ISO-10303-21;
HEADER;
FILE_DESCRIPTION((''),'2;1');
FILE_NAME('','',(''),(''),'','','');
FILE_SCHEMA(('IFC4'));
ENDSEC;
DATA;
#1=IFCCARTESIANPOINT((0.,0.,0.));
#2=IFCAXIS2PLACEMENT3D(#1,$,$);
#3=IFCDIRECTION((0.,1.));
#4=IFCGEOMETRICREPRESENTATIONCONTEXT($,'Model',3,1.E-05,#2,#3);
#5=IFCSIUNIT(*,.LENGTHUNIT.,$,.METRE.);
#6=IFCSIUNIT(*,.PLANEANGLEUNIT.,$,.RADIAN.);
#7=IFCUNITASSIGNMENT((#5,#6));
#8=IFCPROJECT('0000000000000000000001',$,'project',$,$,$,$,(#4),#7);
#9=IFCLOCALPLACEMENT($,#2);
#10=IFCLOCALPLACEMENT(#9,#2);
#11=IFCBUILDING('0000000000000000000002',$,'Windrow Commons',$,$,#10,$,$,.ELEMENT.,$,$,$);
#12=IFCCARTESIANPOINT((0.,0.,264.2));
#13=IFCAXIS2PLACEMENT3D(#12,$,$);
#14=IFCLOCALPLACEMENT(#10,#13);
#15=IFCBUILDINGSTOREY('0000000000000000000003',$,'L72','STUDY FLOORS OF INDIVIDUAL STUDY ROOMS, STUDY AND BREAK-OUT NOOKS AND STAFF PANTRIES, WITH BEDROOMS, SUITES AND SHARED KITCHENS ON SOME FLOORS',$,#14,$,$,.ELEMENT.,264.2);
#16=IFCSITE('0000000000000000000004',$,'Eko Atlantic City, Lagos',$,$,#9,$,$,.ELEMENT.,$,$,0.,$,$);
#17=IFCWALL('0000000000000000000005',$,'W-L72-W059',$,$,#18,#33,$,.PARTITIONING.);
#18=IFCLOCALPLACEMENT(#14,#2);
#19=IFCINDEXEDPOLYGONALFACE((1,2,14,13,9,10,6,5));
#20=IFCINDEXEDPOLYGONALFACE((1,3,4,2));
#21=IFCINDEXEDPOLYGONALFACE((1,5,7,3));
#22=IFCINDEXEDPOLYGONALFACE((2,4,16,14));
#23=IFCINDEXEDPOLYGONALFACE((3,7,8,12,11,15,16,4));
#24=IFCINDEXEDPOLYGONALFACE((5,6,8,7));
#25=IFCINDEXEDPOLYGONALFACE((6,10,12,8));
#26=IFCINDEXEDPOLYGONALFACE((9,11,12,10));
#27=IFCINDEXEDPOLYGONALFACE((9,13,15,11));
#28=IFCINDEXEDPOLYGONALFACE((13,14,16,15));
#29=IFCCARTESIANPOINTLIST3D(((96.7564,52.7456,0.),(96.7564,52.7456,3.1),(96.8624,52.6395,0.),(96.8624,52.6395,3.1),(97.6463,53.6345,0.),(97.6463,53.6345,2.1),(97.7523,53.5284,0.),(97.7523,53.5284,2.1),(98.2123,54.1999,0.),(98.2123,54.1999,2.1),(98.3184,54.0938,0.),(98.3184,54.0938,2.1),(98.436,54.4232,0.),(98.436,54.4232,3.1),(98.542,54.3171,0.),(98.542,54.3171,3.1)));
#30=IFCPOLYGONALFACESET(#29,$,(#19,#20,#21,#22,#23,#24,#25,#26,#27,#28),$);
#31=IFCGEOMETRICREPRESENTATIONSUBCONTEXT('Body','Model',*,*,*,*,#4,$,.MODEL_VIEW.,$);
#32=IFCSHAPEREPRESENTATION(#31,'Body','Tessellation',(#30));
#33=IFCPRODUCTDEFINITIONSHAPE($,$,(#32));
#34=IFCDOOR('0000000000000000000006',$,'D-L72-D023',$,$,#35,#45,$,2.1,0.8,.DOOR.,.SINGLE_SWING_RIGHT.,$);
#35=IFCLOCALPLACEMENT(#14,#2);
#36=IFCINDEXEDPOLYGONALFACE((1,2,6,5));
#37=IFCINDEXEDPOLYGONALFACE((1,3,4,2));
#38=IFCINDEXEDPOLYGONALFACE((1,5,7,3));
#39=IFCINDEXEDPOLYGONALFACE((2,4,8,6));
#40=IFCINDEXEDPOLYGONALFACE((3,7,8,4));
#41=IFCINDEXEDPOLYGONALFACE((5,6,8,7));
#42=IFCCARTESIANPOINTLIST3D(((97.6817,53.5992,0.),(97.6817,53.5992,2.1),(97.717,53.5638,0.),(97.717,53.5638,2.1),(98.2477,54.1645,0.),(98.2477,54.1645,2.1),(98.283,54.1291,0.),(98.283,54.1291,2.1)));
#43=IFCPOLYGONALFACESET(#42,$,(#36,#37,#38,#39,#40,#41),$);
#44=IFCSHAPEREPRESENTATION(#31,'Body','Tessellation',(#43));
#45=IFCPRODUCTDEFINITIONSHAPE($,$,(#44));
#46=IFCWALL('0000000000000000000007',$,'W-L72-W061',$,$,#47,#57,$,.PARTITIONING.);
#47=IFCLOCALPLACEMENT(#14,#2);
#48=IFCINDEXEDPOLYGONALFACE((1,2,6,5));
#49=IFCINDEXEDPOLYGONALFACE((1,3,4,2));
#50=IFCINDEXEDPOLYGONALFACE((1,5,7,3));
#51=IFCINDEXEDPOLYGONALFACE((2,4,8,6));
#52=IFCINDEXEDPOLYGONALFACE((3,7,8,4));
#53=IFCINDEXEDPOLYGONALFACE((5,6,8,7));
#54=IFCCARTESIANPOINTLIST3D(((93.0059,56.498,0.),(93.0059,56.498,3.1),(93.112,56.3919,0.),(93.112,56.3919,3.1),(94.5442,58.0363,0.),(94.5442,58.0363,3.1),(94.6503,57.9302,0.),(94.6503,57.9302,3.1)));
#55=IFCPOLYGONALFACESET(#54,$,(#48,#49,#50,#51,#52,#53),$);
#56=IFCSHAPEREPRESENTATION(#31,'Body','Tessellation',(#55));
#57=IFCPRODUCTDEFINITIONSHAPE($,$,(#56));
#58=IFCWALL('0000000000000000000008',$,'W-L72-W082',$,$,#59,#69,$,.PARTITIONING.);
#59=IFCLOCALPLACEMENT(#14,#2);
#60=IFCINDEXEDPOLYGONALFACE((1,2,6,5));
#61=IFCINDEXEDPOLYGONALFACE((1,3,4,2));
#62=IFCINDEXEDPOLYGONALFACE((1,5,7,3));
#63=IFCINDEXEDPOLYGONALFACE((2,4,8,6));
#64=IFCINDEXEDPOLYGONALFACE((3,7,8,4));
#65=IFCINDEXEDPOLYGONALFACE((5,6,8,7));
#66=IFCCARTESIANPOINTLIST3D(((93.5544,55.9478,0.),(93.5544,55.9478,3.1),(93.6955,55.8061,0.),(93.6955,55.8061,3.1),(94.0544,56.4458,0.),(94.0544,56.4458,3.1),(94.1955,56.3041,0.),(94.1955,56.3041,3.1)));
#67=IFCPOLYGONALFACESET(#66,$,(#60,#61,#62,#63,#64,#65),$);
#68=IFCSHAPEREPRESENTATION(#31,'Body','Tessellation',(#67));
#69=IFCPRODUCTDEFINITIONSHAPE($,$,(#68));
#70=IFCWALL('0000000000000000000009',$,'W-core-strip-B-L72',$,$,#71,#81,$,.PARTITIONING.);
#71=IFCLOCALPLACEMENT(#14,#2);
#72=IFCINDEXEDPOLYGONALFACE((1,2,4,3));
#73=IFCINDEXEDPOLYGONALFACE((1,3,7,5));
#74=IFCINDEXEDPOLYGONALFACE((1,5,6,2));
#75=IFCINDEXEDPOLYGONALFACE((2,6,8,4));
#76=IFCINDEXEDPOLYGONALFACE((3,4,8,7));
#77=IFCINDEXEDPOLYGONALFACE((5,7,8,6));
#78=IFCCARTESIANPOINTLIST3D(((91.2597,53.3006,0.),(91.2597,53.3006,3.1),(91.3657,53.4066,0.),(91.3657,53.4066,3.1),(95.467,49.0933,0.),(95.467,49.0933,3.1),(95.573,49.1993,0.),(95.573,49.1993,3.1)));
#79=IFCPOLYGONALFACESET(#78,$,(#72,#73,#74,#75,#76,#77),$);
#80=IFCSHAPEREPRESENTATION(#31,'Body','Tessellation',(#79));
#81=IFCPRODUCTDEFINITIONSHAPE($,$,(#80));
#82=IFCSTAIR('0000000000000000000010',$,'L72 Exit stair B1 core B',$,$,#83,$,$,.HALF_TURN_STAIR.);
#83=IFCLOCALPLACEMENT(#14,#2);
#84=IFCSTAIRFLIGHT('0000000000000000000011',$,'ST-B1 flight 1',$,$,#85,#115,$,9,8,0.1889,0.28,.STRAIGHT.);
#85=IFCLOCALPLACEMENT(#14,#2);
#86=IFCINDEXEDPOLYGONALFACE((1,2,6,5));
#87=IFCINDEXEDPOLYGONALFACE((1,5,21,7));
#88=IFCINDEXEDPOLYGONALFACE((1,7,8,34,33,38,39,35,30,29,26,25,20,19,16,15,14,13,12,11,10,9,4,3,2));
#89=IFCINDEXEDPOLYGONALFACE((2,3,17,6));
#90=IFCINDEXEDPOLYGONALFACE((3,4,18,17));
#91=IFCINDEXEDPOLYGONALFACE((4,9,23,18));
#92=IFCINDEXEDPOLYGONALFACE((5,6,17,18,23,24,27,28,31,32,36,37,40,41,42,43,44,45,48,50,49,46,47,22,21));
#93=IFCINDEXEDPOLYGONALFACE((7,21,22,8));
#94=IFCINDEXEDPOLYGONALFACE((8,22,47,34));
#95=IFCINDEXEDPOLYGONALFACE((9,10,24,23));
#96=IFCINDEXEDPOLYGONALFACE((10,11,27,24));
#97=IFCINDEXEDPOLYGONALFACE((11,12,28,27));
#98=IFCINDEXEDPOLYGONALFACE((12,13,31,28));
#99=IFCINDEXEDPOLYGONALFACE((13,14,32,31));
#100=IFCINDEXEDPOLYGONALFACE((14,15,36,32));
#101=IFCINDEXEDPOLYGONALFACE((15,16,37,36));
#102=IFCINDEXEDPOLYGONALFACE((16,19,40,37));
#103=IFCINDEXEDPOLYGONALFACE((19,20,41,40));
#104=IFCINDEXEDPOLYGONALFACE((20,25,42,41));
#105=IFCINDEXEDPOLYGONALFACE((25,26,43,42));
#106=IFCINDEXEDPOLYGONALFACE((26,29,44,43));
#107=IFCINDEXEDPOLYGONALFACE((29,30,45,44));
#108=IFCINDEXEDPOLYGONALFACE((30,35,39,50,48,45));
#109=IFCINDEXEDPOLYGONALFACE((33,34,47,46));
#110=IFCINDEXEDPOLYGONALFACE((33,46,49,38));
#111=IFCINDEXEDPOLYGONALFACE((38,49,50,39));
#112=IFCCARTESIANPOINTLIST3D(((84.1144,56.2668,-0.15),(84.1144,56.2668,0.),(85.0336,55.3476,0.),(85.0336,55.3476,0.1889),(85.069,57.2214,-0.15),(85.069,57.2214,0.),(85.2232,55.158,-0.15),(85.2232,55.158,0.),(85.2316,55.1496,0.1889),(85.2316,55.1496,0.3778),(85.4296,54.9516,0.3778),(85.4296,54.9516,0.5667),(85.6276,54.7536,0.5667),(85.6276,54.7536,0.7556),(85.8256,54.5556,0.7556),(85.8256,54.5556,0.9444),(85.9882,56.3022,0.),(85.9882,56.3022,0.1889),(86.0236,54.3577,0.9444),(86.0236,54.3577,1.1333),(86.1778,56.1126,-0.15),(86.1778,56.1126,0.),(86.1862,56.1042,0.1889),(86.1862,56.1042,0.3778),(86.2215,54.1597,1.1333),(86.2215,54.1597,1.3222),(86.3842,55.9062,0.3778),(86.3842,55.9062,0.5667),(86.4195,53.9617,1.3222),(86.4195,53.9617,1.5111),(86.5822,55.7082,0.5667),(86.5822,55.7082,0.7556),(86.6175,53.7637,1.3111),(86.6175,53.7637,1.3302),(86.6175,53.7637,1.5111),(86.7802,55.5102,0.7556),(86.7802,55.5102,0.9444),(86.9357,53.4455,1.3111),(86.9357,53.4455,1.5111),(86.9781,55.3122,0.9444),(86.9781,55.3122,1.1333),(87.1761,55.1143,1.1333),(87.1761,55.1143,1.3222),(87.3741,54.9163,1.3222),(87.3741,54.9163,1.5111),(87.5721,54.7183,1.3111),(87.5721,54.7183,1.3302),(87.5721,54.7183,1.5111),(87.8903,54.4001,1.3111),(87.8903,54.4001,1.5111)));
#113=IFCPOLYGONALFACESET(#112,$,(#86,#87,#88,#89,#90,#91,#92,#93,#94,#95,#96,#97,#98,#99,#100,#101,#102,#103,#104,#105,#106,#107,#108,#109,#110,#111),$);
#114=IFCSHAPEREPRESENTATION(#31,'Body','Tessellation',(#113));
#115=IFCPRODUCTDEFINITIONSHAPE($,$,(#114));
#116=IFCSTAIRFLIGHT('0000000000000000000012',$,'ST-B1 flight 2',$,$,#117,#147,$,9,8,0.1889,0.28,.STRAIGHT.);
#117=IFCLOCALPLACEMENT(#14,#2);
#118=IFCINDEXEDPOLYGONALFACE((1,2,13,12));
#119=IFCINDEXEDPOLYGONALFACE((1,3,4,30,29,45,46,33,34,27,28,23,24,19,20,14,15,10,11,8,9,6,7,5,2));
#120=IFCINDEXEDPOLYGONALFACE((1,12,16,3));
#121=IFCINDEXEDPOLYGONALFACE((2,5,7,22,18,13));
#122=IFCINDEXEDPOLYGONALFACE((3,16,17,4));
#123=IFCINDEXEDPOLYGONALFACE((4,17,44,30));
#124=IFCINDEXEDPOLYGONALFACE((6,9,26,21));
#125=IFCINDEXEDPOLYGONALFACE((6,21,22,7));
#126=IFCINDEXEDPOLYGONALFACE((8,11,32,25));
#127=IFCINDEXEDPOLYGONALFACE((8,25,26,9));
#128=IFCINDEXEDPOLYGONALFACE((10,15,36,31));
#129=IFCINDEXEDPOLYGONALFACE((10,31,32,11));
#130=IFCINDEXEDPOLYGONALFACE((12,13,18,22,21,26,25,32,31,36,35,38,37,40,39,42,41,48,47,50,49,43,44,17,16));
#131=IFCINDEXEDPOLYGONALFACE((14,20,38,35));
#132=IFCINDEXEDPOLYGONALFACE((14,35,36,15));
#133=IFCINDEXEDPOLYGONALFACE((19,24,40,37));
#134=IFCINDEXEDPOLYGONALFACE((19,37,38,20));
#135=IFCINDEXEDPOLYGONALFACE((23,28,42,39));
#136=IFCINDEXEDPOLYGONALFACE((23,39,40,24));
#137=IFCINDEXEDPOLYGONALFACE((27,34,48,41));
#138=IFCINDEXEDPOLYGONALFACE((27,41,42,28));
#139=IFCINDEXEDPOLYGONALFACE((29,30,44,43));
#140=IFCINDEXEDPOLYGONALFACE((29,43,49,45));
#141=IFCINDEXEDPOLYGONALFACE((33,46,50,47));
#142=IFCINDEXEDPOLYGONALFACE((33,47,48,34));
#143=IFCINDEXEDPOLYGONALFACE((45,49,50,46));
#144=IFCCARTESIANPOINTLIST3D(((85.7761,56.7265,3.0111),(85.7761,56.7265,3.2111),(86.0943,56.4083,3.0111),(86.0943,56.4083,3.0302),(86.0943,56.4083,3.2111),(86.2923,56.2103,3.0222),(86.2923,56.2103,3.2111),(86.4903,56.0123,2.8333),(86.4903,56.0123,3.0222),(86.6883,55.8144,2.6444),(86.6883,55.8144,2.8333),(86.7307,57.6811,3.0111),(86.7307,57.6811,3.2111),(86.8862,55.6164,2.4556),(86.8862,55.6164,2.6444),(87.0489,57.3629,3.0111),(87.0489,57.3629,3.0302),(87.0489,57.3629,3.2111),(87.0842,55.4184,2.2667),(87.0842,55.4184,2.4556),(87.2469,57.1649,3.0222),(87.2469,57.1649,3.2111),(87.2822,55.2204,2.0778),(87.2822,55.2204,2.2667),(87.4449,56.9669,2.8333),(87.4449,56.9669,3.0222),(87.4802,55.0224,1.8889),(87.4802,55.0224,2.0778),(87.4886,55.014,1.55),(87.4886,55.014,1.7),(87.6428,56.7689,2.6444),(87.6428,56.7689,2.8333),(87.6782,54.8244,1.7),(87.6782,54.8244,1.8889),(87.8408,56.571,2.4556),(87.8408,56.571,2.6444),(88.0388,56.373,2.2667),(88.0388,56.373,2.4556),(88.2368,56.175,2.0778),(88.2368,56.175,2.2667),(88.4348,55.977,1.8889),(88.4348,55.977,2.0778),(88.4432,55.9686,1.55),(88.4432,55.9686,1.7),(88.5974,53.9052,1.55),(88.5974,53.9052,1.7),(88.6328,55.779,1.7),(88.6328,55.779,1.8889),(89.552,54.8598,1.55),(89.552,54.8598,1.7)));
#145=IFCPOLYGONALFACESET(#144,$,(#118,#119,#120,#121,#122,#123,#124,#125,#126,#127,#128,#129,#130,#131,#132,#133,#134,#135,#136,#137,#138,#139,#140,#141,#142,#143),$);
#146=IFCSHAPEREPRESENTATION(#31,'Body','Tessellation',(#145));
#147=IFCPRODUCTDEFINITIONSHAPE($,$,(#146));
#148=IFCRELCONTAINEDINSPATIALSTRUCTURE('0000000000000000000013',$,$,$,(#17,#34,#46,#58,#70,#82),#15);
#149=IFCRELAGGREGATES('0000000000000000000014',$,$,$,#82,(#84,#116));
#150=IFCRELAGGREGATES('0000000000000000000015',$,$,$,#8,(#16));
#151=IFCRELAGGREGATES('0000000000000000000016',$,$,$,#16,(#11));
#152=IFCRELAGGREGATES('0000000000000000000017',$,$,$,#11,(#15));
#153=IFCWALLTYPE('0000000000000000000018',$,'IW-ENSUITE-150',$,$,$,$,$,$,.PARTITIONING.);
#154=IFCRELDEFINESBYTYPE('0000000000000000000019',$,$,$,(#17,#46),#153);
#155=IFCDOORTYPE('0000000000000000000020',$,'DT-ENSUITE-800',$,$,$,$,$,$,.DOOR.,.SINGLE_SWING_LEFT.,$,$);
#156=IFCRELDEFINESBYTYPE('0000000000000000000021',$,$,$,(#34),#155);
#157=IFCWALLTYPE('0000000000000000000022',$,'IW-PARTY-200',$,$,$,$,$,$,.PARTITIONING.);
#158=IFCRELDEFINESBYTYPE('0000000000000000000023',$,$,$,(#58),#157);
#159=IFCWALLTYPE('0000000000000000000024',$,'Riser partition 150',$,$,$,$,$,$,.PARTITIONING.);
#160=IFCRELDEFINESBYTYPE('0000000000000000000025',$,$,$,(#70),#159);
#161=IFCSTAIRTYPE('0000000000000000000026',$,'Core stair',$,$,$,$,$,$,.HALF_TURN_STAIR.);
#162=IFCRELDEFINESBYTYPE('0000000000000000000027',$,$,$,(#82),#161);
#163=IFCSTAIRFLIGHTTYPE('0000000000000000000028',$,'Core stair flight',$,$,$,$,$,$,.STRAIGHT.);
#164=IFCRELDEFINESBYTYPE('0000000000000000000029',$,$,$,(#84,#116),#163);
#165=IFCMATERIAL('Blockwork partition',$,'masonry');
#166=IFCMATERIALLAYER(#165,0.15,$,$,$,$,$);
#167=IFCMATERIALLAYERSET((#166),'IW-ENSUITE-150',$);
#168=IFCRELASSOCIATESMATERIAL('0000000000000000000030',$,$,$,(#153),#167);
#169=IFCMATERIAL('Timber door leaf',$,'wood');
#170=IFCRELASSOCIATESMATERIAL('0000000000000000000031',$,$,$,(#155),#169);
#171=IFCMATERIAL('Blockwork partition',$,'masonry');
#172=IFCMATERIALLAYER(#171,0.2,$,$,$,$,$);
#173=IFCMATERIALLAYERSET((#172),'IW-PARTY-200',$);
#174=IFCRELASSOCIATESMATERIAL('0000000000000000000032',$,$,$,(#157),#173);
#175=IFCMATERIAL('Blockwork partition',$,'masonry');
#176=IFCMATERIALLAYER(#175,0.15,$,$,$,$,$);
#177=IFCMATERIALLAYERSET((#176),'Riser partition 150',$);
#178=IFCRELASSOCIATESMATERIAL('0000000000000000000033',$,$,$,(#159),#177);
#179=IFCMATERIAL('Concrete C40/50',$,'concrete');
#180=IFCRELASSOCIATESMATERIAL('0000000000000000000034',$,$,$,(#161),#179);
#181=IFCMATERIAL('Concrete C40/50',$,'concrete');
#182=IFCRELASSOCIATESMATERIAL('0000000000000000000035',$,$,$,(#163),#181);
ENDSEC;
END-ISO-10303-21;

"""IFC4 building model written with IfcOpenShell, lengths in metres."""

from ifc_helpers import new_model, si_unit, direction, frame, frame_2d, origin, place, context, subcontext, project, spatial, polyline, rectangle, outline, extrude, material, layer, layer_set, type_object, element, fill, aggregate, save


model = new_model("IFC4")

# Units and contexts
model_context = context("Model", 3, precision=1e-05, world=origin(), true_north=direction((0.0, 1.0)))
body_context = subcontext(model_context, "Body", "Model", "MODEL_VIEW")
ifc_project = project(units=[si_unit("LENGTHUNIT", "METRE"), si_unit("PLANEANGLEUNIT", "RADIAN")], contexts=[model_context])

# Site, building, storey
site_placement = place(None, origin())
site = spatial("IfcSite", under=ifc_project, at=site_placement, Name="Eko Atlantic City, Lagos", CompositionType="ELEMENT", RefElevation=0.0)
building_placement = place(site_placement, origin())
building = spatial("IfcBuilding", under=site, at=building_placement, Name="Windrow Commons", CompositionType="ELEMENT")
storey_placement = place(building_placement, frame((0.0, 0.0, 264.2)))
storey = spatial("IfcBuildingStorey", under=building, at=storey_placement, Name="L72", Description="STUDY FLOORS OF INDIVIDUAL STUDY ROOMS, STUDY AND BREAK-OUT NOOKS AND STAFF PANTRIES, WITH BEDROOMS, SUITES AND SHARED KITCHENS ON SOME FLOORS", CompositionType="ELEMENT", Elevation=264.2)

# Wall, opening, door
ifc_material_1 = material(Name="Blockwork partition", Category="masonry")
ifc_layer_1 = layer(ifc_material_1, 0.15)
ifc_layer_set_1 = layer_set([ifc_layer_1], Name="IW-ENSUITE-150")
wall_type_1 = type_object("IfcWallType", Name="IW-ENSUITE-150", PredefinedType="PARTITIONING", material=ifc_layer_set_1)
wall_1_placement = place(storey_placement, frame((96.8094, 52.6926, 0.0), z_axis=(0.0, 0.0, 1.0), x_axis=(0.707528, 0.706685, 0.0)))
wall_1 = element("IfcWall", 1, at=wall_1_placement, inside=storey, type_object=wall_type_1, Name="W-L72-W059", PredefinedType="PARTITIONING", context=body_context, shape_type="SweptSolid", body=[
    extrude(rectangle(XDim=2.3739, YDim=0.15, at=frame_2d((1.1869, 0.0))), origin(), (0.0, 0.0, 1.0), 3.1),
])
opening_1_placement = place(wall_1_placement, frame((1.2578, 0.0, 0.0)))
opening_1 = element("IfcOpeningElement", 2, at=opening_1_placement, cuts=wall_1, PredefinedType="OPENING", context=body_context, shape_type="SweptSolid", body=[
    extrude(rectangle(XDim=0.8, YDim=2.1, at=frame_2d((0.4, 1.05))), frame((0.0, 0.085, 0.0), z_axis=(0.0, -1.0, 0.0), x_axis=(1.0, 0.0, 0.0)), (0.0, 0.0, 1.0), 0.17),
])
ifc_material_2 = material(Name="Timber door leaf", Category="wood")
door_type_1 = type_object("IfcDoorType", Name="DT-ENSUITE-800", OperationType="SINGLE_SWING_LEFT", PredefinedType="DOOR", material=ifc_material_2)
door_1_placement = place(opening_1_placement, origin())
door_1 = element("IfcDoor", 3, at=door_1_placement, inside=storey, type_object=door_type_1, Name="D-L72-D023", OperationType="SINGLE_SWING_RIGHT", OverallHeight=2.1, OverallWidth=0.8, PredefinedType="DOOR", context=body_context, shape_type="SweptSolid", body=[
    extrude(rectangle(XDim=0.8, YDim=2.1, at=frame_2d((0.4, 1.05))), frame((0.0, 0.025, 0.0), z_axis=(0.0, -1.0, 0.0), x_axis=(1.0, 0.0, 0.0)), (0.0, 0.0, 1.0), 0.05),
])
fill(opening_1, door_1)

# Walls
wall_2_placement = place(storey_placement, frame((93.059, 56.445, 0.0), z_axis=(0.0, 0.0, 1.0), x_axis=(0.707107, 0.707107, 0.0)))
element("IfcWall", 4, at=wall_2_placement, inside=storey, type_object=wall_type_1, Name="W-L72-W061", PredefinedType="PARTITIONING", context=body_context, shape_type="SweptSolid", body=[
    extrude(rectangle(XDim=2.1755, YDim=0.15, at=frame_2d((1.0877, 0.0))), origin(), (0.0, 0.0, 1.0), 3.1),
])
ifc_material_3 = material(Name="Blockwork partition", Category="masonry")
ifc_layer_2 = layer(ifc_material_3, 0.2)
ifc_layer_set_2 = layer_set([ifc_layer_2], Name="IW-PARTY-200")
wall_type_2 = type_object("IfcWallType", Name="IW-PARTY-200", PredefinedType="PARTITIONING", material=ifc_layer_set_2)
wall_3_placement = place(storey_placement, frame((93.625, 55.877, 0.0), z_axis=(0.0, 0.0, 1.0), x_axis=(0.708522, 0.705688, 0.0)))
element("IfcWall", 5, at=wall_3_placement, inside=storey, type_object=wall_type_2, Name="W-L72-W082", PredefinedType="PARTITIONING", context=body_context, shape_type="SweptSolid", body=[
    extrude(rectangle(XDim=0.7057, YDim=0.2, at=frame_2d((0.3528, 0.0))), origin(), (0.0, 0.0, 1.0), 3.1),
])
ifc_material_4 = material(Name="Blockwork partition", Category="masonry")
ifc_layer_3 = layer(ifc_material_4, 0.15)
ifc_layer_set_3 = layer_set([ifc_layer_3], Name="Riser partition 150")
wall_type_3 = type_object("IfcWallType", Name="Riser partition 150", PredefinedType="PARTITIONING", material=ifc_layer_set_3)
wall_4_placement = place(storey_placement, frame((91.3127, 53.3536, 0.0), z_axis=(0.0, 0.0, 1.0), x_axis=(0.707107, -0.707107, 0.0)))
element("IfcWall", 6, at=wall_4_placement, inside=storey, type_object=wall_type_3, Name="W-core-strip-B-L72", PredefinedType="PARTITIONING", context=body_context, shape_type="SweptSolid", body=[
    extrude(rectangle(XDim=5.95, YDim=0.15, at=frame_2d((2.975, 0.0))), origin(), (0.0, 0.0, 1.0), 3.1),
])

# Stair, stair flights
ifc_material_5 = material(Name="Concrete C40/50", Category="concrete")
stair_type = type_object("IfcStairType", Name="Core stair", PredefinedType="HALF_TURN_STAIR", material=ifc_material_5)
stair_placement = place(storey_placement, origin())
stair = element("IfcStair", 7, at=stair_placement, inside=storey, type_object=stair_type, Name="L72 Exit stair B1 core B", PredefinedType="HALF_TURN_STAIR")
ifc_material_6 = material(Name="Concrete C40/50", Category="concrete")
stair_flight_type = type_object("IfcStairFlightType", Name="Core stair flight", PredefinedType="STRAIGHT", material=ifc_material_6)
stair_flight_1_placement = place(storey_placement, frame((85.5109, 55.8249, 0.0), z_axis=(0.0, 0.0, 1.0), x_axis=(0.707107, -0.707107, 0.0)))
stair_flight_1 = element("IfcStairFlight", 8, at=stair_flight_1_placement, type_object=stair_flight_type, Name="ST-B1 flight 1", NumberOfRisers=9, NumberOfTreads=8, PredefinedType="STRAIGHT", RiserHeight=0.1889, TreadLength=0.28, context=body_context, shape_type="SweptSolid", body=[
    extrude(outline(polyline([(-1.3, -0.15), (-1.3, 0.0), (0.0, 0.0), (0.0, 0.1889), (0.28, 0.1889), (0.28, 0.3778), (0.56, 0.3778), (0.56, 0.5667), (0.84, 0.5667), (0.84, 0.7556), (1.12, 0.7556), (1.12, 0.9444), (1.4, 0.9444), (1.4, 1.1333), (1.68, 1.1333), (1.68, 1.3222), (1.96, 1.3222), (1.96, 1.5111), (2.24, 1.5111), (2.69, 1.5111), (2.69, 1.3111), (2.24, 1.3111), (2.24, 1.3302), (0.2682, 0.0), (0.2682, -0.15), (-1.3, -0.15)])), frame((0.0, 0.675, 0.0), z_axis=(0.0, -1.0, 0.0), x_axis=(1.0, 0.0, 0.0)), (0.0, 0.0, 1.0), 1.35),
])
stair_flight_2_placement = place(storey_placement, frame((88.1555, 55.3017, 1.7), z_axis=(0.0, 0.0, 1.0), x_axis=(-0.707107, 0.707107, 0.0)))
stair_flight_2 = element("IfcStairFlight", 9, at=stair_flight_2_placement, type_object=stair_flight_type, Name="ST-B1 flight 2", NumberOfRisers=9, NumberOfTreads=8, PredefinedType="STRAIGHT", RiserHeight=0.1889, TreadLength=0.28, context=body_context, shape_type="SweptSolid", body=[
    extrude(outline(polyline([(-1.3, -0.15), (-1.3, 0.0), (0.0, 0.0), (0.0, 0.1889), (0.28, 0.1889), (0.28, 0.3778), (0.56, 0.3778), (0.56, 0.5667), (0.84, 0.5667), (0.84, 0.7556), (1.12, 0.7556), (1.12, 0.9444), (1.4, 0.9444), (1.4, 1.1333), (1.68, 1.1333), (1.68, 1.3222), (1.96, 1.3222), (1.96, 1.5111), (2.24, 1.5111), (2.69, 1.5111), (2.69, 1.3111), (2.24, 1.3111), (2.24, 1.3302), (0.2682, 0.0), (0.2682, -0.15), (-1.3, -0.15)])), frame((0.0, 0.675, 0.0), z_axis=(0.0, -1.0, 0.0), x_axis=(1.0, 0.0, 0.0)), (0.0, 0.0, 1.0), 1.35),
])
aggregate(stair, [stair_flight_1, stair_flight_2])

save(model, "model.ifc")
